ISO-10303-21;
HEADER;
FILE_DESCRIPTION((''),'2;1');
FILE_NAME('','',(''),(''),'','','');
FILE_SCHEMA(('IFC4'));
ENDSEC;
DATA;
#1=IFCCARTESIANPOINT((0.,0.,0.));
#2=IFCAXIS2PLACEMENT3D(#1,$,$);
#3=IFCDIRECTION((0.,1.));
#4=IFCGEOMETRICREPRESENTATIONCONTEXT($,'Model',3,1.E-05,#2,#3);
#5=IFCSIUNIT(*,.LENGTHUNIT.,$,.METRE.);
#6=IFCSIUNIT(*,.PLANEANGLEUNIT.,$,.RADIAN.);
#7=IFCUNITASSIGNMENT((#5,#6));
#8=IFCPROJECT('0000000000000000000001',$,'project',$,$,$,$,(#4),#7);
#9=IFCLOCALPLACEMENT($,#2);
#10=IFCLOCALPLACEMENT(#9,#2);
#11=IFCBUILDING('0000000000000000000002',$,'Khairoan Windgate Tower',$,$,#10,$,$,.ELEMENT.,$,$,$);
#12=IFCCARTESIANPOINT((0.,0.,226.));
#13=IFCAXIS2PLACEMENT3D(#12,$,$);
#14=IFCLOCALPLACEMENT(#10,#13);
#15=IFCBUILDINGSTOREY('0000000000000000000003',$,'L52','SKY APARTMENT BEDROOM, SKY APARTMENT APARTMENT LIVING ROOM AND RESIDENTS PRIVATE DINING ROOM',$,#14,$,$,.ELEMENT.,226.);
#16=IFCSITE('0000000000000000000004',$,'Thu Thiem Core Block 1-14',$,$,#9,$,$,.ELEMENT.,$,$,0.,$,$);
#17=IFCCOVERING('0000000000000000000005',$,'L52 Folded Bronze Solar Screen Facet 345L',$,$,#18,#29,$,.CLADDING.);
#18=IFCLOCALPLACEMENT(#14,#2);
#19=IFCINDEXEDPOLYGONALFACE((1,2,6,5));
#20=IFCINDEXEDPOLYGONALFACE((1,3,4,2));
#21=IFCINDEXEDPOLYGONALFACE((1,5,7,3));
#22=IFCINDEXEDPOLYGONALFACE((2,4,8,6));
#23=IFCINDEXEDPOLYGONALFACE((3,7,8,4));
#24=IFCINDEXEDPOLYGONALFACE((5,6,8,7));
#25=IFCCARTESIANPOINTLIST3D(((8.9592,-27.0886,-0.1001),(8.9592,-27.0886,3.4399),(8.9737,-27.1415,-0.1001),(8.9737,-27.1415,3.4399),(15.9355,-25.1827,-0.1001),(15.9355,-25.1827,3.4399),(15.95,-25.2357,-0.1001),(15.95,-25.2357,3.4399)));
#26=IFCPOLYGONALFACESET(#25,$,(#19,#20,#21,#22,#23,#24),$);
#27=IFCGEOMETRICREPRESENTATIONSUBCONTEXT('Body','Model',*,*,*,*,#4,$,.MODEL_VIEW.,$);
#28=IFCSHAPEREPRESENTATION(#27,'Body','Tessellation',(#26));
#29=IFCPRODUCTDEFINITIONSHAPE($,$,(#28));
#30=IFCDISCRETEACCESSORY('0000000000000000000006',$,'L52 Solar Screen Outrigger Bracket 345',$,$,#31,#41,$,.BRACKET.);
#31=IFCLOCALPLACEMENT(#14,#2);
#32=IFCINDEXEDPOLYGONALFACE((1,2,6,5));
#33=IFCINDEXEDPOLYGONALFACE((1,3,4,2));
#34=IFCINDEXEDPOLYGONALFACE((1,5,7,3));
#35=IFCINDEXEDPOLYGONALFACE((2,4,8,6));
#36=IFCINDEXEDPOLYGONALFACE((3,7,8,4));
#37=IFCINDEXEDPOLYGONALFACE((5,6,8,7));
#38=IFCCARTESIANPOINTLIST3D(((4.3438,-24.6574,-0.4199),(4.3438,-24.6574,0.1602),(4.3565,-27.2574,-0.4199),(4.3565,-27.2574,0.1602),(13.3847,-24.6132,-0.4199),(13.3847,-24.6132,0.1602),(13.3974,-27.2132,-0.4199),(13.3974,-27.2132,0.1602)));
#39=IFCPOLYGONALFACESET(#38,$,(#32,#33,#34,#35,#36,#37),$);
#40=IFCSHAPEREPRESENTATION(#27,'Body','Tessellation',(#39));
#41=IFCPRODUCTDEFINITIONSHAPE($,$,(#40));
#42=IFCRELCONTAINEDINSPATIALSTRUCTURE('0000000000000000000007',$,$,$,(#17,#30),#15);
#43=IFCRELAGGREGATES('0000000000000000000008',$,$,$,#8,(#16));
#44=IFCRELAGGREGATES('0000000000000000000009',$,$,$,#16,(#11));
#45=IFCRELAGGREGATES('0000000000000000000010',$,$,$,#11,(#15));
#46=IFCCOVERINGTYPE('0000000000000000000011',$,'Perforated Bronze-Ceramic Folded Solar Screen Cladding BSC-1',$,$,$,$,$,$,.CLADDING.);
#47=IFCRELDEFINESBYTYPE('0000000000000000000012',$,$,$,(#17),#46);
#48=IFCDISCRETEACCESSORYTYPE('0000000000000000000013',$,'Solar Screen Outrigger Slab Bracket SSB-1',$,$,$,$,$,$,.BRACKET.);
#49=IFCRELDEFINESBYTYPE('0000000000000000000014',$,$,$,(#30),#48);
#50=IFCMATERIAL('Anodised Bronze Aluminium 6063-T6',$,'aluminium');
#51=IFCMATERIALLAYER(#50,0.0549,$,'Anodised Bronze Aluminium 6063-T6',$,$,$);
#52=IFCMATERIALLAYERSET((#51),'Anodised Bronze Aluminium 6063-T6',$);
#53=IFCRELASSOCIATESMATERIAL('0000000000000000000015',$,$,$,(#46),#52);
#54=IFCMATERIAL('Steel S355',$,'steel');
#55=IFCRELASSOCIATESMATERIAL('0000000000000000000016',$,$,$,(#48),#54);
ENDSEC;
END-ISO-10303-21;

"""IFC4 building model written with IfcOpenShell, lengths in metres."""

from ifc_helpers import new_model, si_unit, direction, frame, origin, origin_2d, place, context, subcontext, project, spatial, rectangle, extrude, material, layer, layer_set, type_object, element, save


model = new_model("IFC4")

# Units and contexts
model_context = context("Model", 3, precision=1e-05, world=origin(), true_north=direction((0.0, 1.0)))
body_context = subcontext(model_context, "Body", "Model", "MODEL_VIEW")
ifc_project = project(units=[si_unit("LENGTHUNIT", "METRE"), si_unit("PLANEANGLEUNIT", "RADIAN")], contexts=[model_context])

# Site, building, storey
site_placement = place(None, origin())
site = spatial("IfcSite", under=ifc_project, at=site_placement, Name="Thu Thiem Core Block 1-14", CompositionType="ELEMENT", RefElevation=0.0)
building_placement = place(site_placement, origin())
building = spatial("IfcBuilding", under=site, at=building_placement, Name="Khairoan Windgate Tower", CompositionType="ELEMENT")
storey_placement = place(building_placement, frame((0.0, 0.0, 226.0)))
storey = spatial("IfcBuildingStorey", under=building, at=storey_placement, Name="L52", Description="SKY APARTMENT BEDROOM, SKY APARTMENT APARTMENT LIVING ROOM AND RESIDENTS PRIVATE DINING ROOM", CompositionType="ELEMENT", Elevation=226.0)

# Covering
ifc_material_1 = material(Name="Anodised Bronze Aluminium 6063-T6", Category="aluminium")
ifc_layer_1 = layer(ifc_material_1, 0.0549, Name="Anodised Bronze Aluminium 6063-T6")
ifc_layer_set_1 = layer_set([ifc_layer_1], Name="Anodised Bronze Aluminium 6063-T6")
covering_type = type_object("IfcCoveringType", Name="Perforated Bronze-Ceramic Folded Solar Screen Cladding BSC-1", PredefinedType="CLADDING", material=ifc_layer_set_1)
covering_placement = place(storey_placement, frame((12.4546, -26.1621, -0.1001), z_axis=(0.0, 0.0, 1.0), x_axis=(-0.964649, -0.263536, 0.0)))
element("IfcCovering", 1, at=covering_placement, inside=storey, type_object=covering_type, Name="L52 Folded Bronze Solar Screen Facet 345L", PredefinedType="CLADDING", context=body_context, shape_type="SweptSolid", body=[
    extrude(rectangle(XDim=7.2319, YDim=0.0549, at=origin_2d()), origin(), (0.0, 0.0, 1.0), 3.54),
])

# Discrete accessory
ifc_material_2 = material(Name="Steel S355", Category="steel")
discrete_accessory_type = type_object("IfcDiscreteAccessoryType", Name="Solar Screen Outrigger Slab Bracket SSB-1", PredefinedType="BRACKET", material=ifc_material_2)
discrete_accessory_placement = place(storey_placement, frame((8.8706, -25.9353, -0.4199), z_axis=(0.0, 0.0, 1.0), x_axis=(-0.999988, -0.004887, 0.0)))
element("IfcDiscreteAccessory", 2, at=discrete_accessory_placement, inside=storey, type_object=discrete_accessory_type, Name="L52 Solar Screen Outrigger Bracket 345", PredefinedType="BRACKET", context=body_context, shape_type="SweptSolid", body=[
    extrude(rectangle(XDim=9.041, YDim=2.6001, at=origin_2d()), origin(), (0.0, 0.0, 1.0), 0.5801),
])

save(model, "model.ifc")
